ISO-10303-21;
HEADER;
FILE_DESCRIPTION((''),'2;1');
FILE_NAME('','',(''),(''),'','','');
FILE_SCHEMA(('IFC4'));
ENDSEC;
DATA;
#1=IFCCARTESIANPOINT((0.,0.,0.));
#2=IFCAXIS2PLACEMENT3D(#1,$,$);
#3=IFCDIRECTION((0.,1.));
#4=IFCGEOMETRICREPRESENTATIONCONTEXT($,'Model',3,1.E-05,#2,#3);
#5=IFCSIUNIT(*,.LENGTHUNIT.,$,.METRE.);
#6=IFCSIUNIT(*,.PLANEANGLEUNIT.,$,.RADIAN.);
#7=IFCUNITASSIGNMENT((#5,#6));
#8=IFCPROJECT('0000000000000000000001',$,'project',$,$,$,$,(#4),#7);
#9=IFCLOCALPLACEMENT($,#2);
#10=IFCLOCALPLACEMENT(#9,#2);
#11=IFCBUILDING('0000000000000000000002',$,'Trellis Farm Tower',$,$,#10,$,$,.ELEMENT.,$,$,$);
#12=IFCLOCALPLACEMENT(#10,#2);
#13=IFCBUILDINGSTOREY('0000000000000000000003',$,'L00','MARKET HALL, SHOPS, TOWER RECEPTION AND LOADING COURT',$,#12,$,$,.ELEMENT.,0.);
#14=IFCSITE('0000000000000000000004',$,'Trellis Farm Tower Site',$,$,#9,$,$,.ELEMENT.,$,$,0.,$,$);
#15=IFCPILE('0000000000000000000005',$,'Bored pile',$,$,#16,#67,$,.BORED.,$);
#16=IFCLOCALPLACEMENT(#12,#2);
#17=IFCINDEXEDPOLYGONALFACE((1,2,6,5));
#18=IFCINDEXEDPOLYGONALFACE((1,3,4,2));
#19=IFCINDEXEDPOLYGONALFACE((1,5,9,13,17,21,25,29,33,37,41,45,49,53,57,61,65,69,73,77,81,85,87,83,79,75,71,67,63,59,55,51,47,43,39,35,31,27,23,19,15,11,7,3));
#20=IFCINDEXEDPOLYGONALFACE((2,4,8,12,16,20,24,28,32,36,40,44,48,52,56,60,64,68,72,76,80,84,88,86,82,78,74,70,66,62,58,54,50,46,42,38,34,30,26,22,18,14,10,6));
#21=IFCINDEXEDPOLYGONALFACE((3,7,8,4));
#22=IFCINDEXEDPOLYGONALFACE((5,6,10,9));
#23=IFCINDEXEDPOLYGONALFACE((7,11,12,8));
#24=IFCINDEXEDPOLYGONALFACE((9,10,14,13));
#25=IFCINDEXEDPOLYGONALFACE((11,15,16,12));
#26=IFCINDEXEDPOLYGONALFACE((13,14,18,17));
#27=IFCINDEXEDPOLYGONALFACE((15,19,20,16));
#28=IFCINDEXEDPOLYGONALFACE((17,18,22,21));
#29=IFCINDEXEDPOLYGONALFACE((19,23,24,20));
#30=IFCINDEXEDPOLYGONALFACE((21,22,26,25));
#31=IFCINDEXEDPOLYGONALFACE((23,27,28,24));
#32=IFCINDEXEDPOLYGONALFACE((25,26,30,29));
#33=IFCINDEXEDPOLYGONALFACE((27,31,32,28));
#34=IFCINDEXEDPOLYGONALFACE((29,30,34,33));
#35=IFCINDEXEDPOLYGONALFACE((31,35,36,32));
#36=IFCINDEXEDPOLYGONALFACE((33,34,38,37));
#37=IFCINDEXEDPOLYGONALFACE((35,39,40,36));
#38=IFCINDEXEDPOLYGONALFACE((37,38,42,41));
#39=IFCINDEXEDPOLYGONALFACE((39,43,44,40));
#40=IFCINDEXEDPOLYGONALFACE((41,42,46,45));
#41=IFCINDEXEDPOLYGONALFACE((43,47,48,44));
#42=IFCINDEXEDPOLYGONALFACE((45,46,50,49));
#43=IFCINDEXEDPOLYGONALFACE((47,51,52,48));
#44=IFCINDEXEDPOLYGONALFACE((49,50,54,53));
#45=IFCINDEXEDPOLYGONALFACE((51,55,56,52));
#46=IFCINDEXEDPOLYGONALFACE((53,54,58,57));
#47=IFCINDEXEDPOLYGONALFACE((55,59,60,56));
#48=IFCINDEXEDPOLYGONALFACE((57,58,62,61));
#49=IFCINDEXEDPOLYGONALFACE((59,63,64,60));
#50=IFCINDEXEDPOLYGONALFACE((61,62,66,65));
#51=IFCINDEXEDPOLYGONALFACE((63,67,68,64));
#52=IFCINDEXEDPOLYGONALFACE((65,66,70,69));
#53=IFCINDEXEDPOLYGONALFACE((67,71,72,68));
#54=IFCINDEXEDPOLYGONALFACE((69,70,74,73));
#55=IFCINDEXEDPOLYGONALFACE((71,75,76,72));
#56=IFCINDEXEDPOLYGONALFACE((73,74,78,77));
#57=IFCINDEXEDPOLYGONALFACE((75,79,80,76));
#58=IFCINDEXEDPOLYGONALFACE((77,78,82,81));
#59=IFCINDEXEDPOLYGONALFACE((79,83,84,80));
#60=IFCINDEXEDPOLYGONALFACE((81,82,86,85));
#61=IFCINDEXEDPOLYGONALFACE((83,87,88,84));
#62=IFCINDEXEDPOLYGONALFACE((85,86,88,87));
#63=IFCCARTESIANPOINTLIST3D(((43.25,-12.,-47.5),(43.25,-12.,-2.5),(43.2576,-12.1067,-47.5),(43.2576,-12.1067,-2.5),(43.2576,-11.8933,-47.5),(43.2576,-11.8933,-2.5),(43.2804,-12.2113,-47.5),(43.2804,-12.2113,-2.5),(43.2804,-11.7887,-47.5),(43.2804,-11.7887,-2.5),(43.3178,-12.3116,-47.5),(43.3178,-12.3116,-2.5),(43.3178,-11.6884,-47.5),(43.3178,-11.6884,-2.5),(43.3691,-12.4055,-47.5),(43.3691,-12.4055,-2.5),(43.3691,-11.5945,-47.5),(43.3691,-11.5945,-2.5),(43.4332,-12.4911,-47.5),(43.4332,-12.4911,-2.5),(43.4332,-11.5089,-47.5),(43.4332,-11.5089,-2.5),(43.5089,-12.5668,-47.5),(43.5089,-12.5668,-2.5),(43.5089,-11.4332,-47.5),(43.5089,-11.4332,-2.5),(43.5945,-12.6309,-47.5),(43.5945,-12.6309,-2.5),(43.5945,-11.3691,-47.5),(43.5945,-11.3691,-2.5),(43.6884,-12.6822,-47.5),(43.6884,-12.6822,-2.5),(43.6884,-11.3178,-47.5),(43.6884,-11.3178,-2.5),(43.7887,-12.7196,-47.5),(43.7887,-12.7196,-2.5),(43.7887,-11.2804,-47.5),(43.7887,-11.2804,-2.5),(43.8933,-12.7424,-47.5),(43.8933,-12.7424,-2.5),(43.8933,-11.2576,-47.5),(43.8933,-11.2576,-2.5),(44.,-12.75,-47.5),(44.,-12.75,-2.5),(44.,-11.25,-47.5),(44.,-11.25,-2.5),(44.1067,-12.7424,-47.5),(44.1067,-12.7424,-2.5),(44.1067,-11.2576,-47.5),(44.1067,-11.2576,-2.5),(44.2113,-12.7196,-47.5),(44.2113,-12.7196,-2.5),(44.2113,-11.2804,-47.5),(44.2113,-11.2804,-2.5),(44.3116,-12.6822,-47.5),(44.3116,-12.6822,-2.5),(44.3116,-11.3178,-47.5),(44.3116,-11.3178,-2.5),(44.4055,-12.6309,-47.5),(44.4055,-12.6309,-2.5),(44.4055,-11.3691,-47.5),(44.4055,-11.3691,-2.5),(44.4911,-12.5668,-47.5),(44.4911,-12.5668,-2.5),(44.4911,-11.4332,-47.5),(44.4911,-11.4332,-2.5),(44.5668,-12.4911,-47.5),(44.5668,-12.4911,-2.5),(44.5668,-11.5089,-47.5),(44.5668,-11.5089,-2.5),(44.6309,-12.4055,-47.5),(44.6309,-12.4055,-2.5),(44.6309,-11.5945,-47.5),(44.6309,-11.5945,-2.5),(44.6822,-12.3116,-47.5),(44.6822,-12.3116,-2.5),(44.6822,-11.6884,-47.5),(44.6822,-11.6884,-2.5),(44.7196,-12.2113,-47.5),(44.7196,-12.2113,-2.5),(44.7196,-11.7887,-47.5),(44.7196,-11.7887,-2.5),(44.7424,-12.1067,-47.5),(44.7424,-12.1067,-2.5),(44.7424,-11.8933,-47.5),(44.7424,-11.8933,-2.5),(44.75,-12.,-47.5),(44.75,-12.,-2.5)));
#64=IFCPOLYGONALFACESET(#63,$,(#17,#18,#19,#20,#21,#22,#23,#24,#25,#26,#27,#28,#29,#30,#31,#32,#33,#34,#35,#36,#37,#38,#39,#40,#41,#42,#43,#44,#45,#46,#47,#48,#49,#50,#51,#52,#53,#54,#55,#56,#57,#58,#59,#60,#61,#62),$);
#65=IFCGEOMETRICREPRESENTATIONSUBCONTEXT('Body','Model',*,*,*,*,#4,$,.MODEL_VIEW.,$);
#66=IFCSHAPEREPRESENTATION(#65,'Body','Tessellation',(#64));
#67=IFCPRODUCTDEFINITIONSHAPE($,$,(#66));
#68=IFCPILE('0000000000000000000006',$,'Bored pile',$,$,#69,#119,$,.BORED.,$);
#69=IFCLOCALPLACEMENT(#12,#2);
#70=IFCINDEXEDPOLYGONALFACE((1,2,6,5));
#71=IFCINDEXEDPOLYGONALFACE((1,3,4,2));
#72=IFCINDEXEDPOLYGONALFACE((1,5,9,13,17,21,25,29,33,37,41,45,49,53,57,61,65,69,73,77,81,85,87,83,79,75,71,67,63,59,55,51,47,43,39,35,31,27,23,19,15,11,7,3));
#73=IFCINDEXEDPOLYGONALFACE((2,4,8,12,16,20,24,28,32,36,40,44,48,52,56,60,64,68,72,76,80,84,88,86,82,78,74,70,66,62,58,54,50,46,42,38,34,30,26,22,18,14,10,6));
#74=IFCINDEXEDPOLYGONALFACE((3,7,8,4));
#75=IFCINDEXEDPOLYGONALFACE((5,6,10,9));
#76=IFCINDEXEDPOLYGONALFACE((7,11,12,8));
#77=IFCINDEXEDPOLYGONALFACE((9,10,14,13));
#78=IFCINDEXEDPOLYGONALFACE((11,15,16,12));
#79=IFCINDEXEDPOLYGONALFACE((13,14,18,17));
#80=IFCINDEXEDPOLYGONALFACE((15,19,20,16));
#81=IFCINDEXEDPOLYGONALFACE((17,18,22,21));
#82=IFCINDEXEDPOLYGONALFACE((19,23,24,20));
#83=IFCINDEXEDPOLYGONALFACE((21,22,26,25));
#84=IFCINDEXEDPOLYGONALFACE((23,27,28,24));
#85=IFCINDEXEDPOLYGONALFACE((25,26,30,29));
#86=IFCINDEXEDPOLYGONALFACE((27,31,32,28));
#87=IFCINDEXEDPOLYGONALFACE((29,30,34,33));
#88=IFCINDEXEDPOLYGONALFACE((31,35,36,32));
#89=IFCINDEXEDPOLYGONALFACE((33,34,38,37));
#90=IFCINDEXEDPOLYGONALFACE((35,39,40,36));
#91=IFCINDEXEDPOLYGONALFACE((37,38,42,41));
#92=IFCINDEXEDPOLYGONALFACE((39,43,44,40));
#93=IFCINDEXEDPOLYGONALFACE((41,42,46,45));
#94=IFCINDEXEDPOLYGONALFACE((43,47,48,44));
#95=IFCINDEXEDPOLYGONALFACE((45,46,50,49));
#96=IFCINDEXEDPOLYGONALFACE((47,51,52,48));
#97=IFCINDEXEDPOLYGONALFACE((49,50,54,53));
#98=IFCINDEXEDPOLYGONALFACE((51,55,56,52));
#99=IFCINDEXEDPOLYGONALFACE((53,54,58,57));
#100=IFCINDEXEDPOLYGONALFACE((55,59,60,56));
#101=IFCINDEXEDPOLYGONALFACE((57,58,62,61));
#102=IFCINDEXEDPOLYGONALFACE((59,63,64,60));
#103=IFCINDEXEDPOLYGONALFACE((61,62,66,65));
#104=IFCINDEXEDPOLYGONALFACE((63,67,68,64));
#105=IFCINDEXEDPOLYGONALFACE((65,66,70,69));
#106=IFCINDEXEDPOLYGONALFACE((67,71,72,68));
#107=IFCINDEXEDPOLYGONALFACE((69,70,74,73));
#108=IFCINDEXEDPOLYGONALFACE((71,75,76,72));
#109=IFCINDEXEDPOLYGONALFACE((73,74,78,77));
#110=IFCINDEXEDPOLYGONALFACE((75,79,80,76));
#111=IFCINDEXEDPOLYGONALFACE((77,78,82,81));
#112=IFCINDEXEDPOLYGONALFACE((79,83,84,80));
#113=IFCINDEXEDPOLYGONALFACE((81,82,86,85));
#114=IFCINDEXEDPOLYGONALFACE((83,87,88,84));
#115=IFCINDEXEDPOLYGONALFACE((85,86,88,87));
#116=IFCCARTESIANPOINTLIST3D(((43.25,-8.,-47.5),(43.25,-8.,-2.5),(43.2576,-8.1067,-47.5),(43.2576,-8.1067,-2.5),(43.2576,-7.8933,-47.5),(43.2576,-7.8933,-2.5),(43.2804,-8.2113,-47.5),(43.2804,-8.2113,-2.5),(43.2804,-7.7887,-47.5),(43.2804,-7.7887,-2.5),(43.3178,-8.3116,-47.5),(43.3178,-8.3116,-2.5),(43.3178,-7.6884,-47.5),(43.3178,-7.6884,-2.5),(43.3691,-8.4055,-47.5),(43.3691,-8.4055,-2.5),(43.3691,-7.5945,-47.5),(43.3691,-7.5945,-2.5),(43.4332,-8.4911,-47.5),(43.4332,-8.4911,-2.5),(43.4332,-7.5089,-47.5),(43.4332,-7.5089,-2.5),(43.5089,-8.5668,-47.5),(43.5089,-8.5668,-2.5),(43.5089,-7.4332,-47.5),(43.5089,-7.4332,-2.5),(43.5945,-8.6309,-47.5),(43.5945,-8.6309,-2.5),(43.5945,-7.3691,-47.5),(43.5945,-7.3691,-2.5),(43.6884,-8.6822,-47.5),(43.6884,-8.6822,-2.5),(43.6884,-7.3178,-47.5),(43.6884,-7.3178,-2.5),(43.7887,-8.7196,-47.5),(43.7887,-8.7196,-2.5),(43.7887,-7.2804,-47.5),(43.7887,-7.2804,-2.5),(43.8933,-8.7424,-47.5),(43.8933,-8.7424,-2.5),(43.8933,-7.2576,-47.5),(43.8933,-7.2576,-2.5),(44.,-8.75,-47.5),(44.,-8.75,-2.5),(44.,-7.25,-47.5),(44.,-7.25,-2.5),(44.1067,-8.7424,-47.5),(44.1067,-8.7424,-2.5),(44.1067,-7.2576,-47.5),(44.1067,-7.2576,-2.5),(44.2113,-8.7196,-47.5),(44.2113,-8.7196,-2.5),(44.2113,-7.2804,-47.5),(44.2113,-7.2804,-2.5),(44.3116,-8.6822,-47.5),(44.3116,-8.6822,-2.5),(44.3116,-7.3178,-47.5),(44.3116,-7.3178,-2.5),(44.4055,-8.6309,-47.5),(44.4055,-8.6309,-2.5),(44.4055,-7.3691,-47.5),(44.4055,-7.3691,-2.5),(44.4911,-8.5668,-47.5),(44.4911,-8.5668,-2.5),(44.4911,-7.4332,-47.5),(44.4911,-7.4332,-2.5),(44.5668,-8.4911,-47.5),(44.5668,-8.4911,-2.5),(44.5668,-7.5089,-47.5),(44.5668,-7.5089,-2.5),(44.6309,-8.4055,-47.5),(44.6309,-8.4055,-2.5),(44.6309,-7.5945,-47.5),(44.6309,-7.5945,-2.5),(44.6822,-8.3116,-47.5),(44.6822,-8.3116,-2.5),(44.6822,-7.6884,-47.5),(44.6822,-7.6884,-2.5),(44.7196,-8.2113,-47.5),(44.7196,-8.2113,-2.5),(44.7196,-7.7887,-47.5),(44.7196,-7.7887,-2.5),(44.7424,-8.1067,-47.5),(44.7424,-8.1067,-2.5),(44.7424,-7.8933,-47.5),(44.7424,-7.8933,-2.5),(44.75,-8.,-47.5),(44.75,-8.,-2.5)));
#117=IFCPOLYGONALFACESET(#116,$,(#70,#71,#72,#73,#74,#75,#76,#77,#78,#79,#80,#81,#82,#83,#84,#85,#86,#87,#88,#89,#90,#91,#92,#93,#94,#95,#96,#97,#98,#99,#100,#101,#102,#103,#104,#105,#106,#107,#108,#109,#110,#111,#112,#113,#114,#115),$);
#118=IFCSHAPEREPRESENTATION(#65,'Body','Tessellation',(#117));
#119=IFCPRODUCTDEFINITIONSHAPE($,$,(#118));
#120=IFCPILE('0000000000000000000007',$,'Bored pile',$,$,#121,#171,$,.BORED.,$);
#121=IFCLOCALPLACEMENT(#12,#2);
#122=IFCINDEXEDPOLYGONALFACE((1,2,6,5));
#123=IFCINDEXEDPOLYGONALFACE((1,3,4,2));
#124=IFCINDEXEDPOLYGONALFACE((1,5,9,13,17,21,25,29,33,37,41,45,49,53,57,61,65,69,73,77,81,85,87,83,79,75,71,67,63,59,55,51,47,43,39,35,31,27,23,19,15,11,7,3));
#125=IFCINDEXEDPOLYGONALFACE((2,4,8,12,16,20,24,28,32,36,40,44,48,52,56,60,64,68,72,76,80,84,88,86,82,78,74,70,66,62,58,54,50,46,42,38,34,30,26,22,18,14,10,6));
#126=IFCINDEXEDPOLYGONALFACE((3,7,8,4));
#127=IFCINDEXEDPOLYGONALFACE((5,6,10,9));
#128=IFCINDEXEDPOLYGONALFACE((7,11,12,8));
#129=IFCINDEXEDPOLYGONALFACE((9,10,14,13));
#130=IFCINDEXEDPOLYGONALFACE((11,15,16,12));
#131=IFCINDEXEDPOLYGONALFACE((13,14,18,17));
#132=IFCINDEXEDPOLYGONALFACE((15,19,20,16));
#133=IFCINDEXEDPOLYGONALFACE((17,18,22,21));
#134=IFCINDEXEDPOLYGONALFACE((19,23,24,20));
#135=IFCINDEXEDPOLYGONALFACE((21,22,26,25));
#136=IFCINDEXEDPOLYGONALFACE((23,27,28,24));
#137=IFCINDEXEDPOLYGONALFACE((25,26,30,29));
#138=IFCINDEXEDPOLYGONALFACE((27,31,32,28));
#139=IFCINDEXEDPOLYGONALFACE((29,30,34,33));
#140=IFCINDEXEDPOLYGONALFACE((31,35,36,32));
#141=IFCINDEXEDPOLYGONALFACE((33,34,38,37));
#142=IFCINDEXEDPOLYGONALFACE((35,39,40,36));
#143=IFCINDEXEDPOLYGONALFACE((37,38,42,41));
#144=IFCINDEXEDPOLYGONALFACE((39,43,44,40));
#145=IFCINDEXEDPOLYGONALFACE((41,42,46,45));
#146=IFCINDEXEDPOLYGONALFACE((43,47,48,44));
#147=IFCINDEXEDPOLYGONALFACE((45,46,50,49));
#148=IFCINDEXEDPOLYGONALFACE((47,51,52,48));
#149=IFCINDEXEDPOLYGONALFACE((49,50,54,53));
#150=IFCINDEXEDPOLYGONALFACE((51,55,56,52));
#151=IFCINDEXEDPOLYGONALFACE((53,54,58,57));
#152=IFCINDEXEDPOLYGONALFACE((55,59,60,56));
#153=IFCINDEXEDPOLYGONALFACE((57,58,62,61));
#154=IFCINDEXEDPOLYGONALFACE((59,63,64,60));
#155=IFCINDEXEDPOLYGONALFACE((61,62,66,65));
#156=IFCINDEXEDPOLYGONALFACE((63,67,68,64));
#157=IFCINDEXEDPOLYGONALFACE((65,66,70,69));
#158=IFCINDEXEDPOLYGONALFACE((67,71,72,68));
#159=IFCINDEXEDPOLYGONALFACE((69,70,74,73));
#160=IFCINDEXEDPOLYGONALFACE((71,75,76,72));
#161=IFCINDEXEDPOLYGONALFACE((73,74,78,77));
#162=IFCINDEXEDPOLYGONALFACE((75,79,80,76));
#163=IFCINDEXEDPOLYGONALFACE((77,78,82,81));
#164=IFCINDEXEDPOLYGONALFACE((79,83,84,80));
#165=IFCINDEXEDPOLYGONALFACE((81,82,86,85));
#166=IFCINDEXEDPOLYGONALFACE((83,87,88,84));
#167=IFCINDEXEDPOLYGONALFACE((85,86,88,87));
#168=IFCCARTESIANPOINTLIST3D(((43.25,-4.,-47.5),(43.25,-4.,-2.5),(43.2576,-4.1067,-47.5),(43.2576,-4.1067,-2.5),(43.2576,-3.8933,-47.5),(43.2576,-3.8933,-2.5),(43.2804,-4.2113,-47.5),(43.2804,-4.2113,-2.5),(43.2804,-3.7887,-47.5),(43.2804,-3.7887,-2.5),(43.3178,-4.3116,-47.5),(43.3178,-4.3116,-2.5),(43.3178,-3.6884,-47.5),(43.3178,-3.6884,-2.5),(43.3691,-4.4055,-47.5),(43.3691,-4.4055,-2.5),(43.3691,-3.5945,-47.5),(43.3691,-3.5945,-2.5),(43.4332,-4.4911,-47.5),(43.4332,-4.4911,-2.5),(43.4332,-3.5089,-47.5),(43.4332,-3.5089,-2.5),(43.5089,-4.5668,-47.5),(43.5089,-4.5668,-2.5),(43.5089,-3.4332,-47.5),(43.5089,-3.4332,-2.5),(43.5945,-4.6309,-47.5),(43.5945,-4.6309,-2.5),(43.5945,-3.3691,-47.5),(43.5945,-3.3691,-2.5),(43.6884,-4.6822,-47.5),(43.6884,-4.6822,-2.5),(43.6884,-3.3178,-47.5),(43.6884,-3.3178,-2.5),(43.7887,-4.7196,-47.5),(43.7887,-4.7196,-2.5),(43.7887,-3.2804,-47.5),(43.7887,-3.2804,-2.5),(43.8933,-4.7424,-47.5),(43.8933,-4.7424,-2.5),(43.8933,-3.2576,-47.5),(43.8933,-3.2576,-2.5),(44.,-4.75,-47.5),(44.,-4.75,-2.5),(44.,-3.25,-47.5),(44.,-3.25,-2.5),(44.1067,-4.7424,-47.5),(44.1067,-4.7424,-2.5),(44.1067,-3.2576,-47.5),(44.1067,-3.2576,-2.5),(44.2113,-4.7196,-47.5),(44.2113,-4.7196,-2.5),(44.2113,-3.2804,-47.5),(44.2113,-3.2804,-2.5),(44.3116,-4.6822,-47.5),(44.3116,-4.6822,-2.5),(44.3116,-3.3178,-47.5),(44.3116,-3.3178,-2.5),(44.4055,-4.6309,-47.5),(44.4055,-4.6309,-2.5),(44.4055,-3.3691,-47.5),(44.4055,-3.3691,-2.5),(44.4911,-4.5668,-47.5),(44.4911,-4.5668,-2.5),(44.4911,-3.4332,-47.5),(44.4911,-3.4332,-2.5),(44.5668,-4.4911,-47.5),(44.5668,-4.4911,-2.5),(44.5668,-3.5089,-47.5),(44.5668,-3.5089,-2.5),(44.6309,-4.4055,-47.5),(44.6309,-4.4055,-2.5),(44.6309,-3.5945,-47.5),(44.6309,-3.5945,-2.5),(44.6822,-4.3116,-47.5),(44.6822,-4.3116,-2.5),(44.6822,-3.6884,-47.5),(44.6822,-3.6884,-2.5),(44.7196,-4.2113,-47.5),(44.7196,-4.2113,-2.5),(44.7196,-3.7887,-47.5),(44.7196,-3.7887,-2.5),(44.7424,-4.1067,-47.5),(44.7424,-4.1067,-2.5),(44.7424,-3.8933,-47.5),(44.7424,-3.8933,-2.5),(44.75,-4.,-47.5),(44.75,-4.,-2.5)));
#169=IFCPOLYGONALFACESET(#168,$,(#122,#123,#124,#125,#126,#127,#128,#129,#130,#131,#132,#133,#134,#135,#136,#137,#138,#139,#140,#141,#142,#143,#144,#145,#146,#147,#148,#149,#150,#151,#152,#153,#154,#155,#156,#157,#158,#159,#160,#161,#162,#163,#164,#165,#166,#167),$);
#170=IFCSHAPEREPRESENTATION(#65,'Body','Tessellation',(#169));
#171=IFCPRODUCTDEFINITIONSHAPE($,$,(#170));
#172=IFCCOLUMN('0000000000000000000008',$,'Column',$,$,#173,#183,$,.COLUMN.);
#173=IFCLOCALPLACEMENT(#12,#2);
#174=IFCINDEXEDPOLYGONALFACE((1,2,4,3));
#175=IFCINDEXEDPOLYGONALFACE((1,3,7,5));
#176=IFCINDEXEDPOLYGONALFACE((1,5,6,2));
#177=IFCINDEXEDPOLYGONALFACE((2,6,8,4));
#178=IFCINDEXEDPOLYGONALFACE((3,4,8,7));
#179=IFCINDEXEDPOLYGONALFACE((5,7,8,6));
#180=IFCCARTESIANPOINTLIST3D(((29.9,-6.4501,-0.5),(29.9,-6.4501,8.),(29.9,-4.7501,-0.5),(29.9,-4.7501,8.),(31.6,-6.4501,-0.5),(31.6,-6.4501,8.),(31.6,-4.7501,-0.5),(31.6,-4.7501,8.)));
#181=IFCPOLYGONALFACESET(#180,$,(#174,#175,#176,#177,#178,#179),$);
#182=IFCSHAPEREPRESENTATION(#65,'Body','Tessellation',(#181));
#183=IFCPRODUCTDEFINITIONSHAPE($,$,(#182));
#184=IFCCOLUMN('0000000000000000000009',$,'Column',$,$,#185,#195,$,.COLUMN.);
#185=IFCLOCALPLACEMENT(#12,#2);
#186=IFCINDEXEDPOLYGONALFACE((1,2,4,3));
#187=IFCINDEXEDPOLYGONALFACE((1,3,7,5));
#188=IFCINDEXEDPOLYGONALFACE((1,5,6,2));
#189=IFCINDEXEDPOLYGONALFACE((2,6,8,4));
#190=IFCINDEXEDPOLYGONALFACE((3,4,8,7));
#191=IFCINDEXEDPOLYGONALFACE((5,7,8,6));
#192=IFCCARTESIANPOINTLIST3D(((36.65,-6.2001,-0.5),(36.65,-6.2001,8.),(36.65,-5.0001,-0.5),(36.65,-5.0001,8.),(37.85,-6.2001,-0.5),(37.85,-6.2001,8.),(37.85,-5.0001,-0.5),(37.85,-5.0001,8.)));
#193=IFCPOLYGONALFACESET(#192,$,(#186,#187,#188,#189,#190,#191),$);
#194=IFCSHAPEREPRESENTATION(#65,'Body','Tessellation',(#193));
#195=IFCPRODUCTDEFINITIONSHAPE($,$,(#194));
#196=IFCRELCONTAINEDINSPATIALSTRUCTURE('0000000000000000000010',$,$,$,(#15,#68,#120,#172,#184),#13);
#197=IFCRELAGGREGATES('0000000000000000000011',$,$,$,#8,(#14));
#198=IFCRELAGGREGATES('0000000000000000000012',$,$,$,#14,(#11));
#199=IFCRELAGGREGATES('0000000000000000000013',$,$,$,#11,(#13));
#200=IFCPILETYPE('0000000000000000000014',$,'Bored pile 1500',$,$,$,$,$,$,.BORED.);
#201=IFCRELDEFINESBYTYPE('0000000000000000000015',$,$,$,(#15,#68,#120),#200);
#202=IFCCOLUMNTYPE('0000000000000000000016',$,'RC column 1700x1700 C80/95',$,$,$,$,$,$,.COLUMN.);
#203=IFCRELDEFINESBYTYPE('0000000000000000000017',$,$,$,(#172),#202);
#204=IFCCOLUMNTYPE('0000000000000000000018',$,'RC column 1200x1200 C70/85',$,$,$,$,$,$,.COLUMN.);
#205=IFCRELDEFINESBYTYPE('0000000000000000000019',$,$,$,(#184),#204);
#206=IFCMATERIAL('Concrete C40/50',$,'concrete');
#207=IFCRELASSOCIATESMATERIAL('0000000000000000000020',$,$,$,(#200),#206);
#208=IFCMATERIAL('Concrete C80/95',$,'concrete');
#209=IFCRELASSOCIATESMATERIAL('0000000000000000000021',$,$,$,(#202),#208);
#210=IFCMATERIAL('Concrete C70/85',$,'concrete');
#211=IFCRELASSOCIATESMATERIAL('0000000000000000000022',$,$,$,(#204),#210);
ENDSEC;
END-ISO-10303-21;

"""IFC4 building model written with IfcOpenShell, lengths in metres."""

from ifc_helpers import new_model, si_unit, direction, frame, origin, origin_2d, place, context, subcontext, project, spatial, rectangle, circle, extrude, source, transform, mapped, material, material_profile, profile_set, type_object, element, save


model = new_model("IFC4")

# Units and contexts
model_context = context("Model", 3, precision=1e-05, world=origin(), true_north=direction((0.0, 1.0)))
body_context = subcontext(model_context, "Body", "Model", "MODEL_VIEW")
ifc_project = project(units=[si_unit("LENGTHUNIT", "METRE"), si_unit("PLANEANGLEUNIT", "RADIAN")], contexts=[model_context])

# Site, building, storey
site_placement = place(None, origin())
site = spatial("IfcSite", under=ifc_project, at=site_placement, Name="Trellis Farm Tower Site", CompositionType="ELEMENT", RefElevation=0.0)
building_placement = place(site_placement, origin())
building = spatial("IfcBuilding", under=site, at=building_placement, Name="Trellis Farm Tower", CompositionType="ELEMENT")
storey_placement = place(building_placement, origin())
storey = spatial("IfcBuildingStorey", under=building, at=storey_placement, Name="L00", Description="MARKET HALL, SHOPS, TOWER RECEPTION AND LOADING COURT", CompositionType="ELEMENT", Elevation=0.0)

# Piles
ifc_material_1 = material(Name="Concrete C40/50", Category="concrete")
ifc_material_profile_1 = material_profile(ifc_material_1, circle(Radius=0.75, at=origin_2d()), Name="Bored pile 1500")
ifc_profile_set_1 = profile_set([ifc_material_profile_1], Name="Concrete C40/50")
pile_type = type_object("IfcPileType", Name="Bored pile 1500", PredefinedType="BORED", material=ifc_profile_set_1)
shared_shape_1 = source(origin(), body_context, "Body", "SweptSolid", [
    extrude(circle(Radius=0.75, at=origin_2d()), origin(), (0.0, 0.0, 1.0), 45.0),
])
for number, where, z_axis, x_axis, name in (
    (1, (44.0, -12.0, -2.5), (0.0, 0.0, -1.0), (1.0, 0.0, 0.0), "Bored pile"),
    (2, (44.0, -8.0, -2.5), (0.0, 0.0, -1.0), (1.0, 0.0, 0.0), "Bored pile"),
    (3, (44.0, -4.0, -2.5), (0.0, 0.0, -1.0), (1.0, 0.0, 0.0), "Bored pile"),
):
    element("IfcPile", number, at=place(storey_placement, frame(where, z_axis=z_axis, x_axis=x_axis)), inside=storey, type_object=pile_type, Name=name, PredefinedType="BORED", context=body_context, shape_type="MappedRepresentation", body=[
        mapped(shared_shape_1, transform((0.0, 0.0, 0.0))),
    ])

# Columns
ifc_material_2 = material(Name="Concrete C80/95", Category="concrete")
ifc_material_profile_2 = material_profile(ifc_material_2, rectangle(XDim=1.7, YDim=1.7, at=origin_2d()), Name="RC column 1700x1700 C80/95")
ifc_profile_set_2 = profile_set([ifc_material_profile_2], Name="Concrete C80/95")
column_type_1 = type_object("IfcColumnType", Name="RC column 1700x1700 C80/95", PredefinedType="COLUMN", material=ifc_profile_set_2)
shared_shape_2 = source(origin(), body_context, "Body", "SweptSolid", [
    extrude(rectangle(XDim=1.7, YDim=1.7, at=origin_2d()), origin(), (0.0, 0.0, 1.0), 8.5),
])
column_placement = place(storey_placement, frame((30.75, -5.6001, -0.5), z_axis=(0.0, 0.0, 1.0), x_axis=(1.0, 0.0, 0.0)))
element("IfcColumn", 4, at=column_placement, inside=storey, type_object=column_type_1, Name="Column", PredefinedType="COLUMN", context=body_context, shape_type="MappedRepresentation", body=[
    mapped(shared_shape_2, transform((0.0, 0.0, 0.0))),
])
ifc_material_3 = material(Name="Concrete C70/85", Category="concrete")
ifc_material_profile_3 = material_profile(ifc_material_3, rectangle(XDim=1.2, YDim=1.2, at=origin_2d()), Name="RC column 1200x1200 C70/85")
ifc_profile_set_3 = profile_set([ifc_material_profile_3], Name="Concrete C70/85")
column_type_2 = type_object("IfcColumnType", Name="RC column 1200x1200 C70/85", PredefinedType="COLUMN", material=ifc_profile_set_3)
shared_shape_3 = source(origin(), body_context, "Body", "SweptSolid", [
    extrude(rectangle(XDim=1.2, YDim=1.2, at=origin_2d()), origin(), (0.0, 0.0, 1.0), 8.5),
])
for number, where, z_axis, x_axis, name in (
    (5, (37.25, -5.6001, -0.5), (0.0, 0.0, 1.0), (1.0, 0.0, 0.0), "Column"),
):
    element("IfcColumn", number, at=place(storey_placement, frame(where, z_axis=z_axis, x_axis=x_axis)), inside=storey, type_object=column_type_2, Name=name, PredefinedType="COLUMN", context=body_context, shape_type="MappedRepresentation", body=[
        mapped(shared_shape_3, transform((0.0, 0.0, 0.0))),
    ])

save(model, "model.ifc")
